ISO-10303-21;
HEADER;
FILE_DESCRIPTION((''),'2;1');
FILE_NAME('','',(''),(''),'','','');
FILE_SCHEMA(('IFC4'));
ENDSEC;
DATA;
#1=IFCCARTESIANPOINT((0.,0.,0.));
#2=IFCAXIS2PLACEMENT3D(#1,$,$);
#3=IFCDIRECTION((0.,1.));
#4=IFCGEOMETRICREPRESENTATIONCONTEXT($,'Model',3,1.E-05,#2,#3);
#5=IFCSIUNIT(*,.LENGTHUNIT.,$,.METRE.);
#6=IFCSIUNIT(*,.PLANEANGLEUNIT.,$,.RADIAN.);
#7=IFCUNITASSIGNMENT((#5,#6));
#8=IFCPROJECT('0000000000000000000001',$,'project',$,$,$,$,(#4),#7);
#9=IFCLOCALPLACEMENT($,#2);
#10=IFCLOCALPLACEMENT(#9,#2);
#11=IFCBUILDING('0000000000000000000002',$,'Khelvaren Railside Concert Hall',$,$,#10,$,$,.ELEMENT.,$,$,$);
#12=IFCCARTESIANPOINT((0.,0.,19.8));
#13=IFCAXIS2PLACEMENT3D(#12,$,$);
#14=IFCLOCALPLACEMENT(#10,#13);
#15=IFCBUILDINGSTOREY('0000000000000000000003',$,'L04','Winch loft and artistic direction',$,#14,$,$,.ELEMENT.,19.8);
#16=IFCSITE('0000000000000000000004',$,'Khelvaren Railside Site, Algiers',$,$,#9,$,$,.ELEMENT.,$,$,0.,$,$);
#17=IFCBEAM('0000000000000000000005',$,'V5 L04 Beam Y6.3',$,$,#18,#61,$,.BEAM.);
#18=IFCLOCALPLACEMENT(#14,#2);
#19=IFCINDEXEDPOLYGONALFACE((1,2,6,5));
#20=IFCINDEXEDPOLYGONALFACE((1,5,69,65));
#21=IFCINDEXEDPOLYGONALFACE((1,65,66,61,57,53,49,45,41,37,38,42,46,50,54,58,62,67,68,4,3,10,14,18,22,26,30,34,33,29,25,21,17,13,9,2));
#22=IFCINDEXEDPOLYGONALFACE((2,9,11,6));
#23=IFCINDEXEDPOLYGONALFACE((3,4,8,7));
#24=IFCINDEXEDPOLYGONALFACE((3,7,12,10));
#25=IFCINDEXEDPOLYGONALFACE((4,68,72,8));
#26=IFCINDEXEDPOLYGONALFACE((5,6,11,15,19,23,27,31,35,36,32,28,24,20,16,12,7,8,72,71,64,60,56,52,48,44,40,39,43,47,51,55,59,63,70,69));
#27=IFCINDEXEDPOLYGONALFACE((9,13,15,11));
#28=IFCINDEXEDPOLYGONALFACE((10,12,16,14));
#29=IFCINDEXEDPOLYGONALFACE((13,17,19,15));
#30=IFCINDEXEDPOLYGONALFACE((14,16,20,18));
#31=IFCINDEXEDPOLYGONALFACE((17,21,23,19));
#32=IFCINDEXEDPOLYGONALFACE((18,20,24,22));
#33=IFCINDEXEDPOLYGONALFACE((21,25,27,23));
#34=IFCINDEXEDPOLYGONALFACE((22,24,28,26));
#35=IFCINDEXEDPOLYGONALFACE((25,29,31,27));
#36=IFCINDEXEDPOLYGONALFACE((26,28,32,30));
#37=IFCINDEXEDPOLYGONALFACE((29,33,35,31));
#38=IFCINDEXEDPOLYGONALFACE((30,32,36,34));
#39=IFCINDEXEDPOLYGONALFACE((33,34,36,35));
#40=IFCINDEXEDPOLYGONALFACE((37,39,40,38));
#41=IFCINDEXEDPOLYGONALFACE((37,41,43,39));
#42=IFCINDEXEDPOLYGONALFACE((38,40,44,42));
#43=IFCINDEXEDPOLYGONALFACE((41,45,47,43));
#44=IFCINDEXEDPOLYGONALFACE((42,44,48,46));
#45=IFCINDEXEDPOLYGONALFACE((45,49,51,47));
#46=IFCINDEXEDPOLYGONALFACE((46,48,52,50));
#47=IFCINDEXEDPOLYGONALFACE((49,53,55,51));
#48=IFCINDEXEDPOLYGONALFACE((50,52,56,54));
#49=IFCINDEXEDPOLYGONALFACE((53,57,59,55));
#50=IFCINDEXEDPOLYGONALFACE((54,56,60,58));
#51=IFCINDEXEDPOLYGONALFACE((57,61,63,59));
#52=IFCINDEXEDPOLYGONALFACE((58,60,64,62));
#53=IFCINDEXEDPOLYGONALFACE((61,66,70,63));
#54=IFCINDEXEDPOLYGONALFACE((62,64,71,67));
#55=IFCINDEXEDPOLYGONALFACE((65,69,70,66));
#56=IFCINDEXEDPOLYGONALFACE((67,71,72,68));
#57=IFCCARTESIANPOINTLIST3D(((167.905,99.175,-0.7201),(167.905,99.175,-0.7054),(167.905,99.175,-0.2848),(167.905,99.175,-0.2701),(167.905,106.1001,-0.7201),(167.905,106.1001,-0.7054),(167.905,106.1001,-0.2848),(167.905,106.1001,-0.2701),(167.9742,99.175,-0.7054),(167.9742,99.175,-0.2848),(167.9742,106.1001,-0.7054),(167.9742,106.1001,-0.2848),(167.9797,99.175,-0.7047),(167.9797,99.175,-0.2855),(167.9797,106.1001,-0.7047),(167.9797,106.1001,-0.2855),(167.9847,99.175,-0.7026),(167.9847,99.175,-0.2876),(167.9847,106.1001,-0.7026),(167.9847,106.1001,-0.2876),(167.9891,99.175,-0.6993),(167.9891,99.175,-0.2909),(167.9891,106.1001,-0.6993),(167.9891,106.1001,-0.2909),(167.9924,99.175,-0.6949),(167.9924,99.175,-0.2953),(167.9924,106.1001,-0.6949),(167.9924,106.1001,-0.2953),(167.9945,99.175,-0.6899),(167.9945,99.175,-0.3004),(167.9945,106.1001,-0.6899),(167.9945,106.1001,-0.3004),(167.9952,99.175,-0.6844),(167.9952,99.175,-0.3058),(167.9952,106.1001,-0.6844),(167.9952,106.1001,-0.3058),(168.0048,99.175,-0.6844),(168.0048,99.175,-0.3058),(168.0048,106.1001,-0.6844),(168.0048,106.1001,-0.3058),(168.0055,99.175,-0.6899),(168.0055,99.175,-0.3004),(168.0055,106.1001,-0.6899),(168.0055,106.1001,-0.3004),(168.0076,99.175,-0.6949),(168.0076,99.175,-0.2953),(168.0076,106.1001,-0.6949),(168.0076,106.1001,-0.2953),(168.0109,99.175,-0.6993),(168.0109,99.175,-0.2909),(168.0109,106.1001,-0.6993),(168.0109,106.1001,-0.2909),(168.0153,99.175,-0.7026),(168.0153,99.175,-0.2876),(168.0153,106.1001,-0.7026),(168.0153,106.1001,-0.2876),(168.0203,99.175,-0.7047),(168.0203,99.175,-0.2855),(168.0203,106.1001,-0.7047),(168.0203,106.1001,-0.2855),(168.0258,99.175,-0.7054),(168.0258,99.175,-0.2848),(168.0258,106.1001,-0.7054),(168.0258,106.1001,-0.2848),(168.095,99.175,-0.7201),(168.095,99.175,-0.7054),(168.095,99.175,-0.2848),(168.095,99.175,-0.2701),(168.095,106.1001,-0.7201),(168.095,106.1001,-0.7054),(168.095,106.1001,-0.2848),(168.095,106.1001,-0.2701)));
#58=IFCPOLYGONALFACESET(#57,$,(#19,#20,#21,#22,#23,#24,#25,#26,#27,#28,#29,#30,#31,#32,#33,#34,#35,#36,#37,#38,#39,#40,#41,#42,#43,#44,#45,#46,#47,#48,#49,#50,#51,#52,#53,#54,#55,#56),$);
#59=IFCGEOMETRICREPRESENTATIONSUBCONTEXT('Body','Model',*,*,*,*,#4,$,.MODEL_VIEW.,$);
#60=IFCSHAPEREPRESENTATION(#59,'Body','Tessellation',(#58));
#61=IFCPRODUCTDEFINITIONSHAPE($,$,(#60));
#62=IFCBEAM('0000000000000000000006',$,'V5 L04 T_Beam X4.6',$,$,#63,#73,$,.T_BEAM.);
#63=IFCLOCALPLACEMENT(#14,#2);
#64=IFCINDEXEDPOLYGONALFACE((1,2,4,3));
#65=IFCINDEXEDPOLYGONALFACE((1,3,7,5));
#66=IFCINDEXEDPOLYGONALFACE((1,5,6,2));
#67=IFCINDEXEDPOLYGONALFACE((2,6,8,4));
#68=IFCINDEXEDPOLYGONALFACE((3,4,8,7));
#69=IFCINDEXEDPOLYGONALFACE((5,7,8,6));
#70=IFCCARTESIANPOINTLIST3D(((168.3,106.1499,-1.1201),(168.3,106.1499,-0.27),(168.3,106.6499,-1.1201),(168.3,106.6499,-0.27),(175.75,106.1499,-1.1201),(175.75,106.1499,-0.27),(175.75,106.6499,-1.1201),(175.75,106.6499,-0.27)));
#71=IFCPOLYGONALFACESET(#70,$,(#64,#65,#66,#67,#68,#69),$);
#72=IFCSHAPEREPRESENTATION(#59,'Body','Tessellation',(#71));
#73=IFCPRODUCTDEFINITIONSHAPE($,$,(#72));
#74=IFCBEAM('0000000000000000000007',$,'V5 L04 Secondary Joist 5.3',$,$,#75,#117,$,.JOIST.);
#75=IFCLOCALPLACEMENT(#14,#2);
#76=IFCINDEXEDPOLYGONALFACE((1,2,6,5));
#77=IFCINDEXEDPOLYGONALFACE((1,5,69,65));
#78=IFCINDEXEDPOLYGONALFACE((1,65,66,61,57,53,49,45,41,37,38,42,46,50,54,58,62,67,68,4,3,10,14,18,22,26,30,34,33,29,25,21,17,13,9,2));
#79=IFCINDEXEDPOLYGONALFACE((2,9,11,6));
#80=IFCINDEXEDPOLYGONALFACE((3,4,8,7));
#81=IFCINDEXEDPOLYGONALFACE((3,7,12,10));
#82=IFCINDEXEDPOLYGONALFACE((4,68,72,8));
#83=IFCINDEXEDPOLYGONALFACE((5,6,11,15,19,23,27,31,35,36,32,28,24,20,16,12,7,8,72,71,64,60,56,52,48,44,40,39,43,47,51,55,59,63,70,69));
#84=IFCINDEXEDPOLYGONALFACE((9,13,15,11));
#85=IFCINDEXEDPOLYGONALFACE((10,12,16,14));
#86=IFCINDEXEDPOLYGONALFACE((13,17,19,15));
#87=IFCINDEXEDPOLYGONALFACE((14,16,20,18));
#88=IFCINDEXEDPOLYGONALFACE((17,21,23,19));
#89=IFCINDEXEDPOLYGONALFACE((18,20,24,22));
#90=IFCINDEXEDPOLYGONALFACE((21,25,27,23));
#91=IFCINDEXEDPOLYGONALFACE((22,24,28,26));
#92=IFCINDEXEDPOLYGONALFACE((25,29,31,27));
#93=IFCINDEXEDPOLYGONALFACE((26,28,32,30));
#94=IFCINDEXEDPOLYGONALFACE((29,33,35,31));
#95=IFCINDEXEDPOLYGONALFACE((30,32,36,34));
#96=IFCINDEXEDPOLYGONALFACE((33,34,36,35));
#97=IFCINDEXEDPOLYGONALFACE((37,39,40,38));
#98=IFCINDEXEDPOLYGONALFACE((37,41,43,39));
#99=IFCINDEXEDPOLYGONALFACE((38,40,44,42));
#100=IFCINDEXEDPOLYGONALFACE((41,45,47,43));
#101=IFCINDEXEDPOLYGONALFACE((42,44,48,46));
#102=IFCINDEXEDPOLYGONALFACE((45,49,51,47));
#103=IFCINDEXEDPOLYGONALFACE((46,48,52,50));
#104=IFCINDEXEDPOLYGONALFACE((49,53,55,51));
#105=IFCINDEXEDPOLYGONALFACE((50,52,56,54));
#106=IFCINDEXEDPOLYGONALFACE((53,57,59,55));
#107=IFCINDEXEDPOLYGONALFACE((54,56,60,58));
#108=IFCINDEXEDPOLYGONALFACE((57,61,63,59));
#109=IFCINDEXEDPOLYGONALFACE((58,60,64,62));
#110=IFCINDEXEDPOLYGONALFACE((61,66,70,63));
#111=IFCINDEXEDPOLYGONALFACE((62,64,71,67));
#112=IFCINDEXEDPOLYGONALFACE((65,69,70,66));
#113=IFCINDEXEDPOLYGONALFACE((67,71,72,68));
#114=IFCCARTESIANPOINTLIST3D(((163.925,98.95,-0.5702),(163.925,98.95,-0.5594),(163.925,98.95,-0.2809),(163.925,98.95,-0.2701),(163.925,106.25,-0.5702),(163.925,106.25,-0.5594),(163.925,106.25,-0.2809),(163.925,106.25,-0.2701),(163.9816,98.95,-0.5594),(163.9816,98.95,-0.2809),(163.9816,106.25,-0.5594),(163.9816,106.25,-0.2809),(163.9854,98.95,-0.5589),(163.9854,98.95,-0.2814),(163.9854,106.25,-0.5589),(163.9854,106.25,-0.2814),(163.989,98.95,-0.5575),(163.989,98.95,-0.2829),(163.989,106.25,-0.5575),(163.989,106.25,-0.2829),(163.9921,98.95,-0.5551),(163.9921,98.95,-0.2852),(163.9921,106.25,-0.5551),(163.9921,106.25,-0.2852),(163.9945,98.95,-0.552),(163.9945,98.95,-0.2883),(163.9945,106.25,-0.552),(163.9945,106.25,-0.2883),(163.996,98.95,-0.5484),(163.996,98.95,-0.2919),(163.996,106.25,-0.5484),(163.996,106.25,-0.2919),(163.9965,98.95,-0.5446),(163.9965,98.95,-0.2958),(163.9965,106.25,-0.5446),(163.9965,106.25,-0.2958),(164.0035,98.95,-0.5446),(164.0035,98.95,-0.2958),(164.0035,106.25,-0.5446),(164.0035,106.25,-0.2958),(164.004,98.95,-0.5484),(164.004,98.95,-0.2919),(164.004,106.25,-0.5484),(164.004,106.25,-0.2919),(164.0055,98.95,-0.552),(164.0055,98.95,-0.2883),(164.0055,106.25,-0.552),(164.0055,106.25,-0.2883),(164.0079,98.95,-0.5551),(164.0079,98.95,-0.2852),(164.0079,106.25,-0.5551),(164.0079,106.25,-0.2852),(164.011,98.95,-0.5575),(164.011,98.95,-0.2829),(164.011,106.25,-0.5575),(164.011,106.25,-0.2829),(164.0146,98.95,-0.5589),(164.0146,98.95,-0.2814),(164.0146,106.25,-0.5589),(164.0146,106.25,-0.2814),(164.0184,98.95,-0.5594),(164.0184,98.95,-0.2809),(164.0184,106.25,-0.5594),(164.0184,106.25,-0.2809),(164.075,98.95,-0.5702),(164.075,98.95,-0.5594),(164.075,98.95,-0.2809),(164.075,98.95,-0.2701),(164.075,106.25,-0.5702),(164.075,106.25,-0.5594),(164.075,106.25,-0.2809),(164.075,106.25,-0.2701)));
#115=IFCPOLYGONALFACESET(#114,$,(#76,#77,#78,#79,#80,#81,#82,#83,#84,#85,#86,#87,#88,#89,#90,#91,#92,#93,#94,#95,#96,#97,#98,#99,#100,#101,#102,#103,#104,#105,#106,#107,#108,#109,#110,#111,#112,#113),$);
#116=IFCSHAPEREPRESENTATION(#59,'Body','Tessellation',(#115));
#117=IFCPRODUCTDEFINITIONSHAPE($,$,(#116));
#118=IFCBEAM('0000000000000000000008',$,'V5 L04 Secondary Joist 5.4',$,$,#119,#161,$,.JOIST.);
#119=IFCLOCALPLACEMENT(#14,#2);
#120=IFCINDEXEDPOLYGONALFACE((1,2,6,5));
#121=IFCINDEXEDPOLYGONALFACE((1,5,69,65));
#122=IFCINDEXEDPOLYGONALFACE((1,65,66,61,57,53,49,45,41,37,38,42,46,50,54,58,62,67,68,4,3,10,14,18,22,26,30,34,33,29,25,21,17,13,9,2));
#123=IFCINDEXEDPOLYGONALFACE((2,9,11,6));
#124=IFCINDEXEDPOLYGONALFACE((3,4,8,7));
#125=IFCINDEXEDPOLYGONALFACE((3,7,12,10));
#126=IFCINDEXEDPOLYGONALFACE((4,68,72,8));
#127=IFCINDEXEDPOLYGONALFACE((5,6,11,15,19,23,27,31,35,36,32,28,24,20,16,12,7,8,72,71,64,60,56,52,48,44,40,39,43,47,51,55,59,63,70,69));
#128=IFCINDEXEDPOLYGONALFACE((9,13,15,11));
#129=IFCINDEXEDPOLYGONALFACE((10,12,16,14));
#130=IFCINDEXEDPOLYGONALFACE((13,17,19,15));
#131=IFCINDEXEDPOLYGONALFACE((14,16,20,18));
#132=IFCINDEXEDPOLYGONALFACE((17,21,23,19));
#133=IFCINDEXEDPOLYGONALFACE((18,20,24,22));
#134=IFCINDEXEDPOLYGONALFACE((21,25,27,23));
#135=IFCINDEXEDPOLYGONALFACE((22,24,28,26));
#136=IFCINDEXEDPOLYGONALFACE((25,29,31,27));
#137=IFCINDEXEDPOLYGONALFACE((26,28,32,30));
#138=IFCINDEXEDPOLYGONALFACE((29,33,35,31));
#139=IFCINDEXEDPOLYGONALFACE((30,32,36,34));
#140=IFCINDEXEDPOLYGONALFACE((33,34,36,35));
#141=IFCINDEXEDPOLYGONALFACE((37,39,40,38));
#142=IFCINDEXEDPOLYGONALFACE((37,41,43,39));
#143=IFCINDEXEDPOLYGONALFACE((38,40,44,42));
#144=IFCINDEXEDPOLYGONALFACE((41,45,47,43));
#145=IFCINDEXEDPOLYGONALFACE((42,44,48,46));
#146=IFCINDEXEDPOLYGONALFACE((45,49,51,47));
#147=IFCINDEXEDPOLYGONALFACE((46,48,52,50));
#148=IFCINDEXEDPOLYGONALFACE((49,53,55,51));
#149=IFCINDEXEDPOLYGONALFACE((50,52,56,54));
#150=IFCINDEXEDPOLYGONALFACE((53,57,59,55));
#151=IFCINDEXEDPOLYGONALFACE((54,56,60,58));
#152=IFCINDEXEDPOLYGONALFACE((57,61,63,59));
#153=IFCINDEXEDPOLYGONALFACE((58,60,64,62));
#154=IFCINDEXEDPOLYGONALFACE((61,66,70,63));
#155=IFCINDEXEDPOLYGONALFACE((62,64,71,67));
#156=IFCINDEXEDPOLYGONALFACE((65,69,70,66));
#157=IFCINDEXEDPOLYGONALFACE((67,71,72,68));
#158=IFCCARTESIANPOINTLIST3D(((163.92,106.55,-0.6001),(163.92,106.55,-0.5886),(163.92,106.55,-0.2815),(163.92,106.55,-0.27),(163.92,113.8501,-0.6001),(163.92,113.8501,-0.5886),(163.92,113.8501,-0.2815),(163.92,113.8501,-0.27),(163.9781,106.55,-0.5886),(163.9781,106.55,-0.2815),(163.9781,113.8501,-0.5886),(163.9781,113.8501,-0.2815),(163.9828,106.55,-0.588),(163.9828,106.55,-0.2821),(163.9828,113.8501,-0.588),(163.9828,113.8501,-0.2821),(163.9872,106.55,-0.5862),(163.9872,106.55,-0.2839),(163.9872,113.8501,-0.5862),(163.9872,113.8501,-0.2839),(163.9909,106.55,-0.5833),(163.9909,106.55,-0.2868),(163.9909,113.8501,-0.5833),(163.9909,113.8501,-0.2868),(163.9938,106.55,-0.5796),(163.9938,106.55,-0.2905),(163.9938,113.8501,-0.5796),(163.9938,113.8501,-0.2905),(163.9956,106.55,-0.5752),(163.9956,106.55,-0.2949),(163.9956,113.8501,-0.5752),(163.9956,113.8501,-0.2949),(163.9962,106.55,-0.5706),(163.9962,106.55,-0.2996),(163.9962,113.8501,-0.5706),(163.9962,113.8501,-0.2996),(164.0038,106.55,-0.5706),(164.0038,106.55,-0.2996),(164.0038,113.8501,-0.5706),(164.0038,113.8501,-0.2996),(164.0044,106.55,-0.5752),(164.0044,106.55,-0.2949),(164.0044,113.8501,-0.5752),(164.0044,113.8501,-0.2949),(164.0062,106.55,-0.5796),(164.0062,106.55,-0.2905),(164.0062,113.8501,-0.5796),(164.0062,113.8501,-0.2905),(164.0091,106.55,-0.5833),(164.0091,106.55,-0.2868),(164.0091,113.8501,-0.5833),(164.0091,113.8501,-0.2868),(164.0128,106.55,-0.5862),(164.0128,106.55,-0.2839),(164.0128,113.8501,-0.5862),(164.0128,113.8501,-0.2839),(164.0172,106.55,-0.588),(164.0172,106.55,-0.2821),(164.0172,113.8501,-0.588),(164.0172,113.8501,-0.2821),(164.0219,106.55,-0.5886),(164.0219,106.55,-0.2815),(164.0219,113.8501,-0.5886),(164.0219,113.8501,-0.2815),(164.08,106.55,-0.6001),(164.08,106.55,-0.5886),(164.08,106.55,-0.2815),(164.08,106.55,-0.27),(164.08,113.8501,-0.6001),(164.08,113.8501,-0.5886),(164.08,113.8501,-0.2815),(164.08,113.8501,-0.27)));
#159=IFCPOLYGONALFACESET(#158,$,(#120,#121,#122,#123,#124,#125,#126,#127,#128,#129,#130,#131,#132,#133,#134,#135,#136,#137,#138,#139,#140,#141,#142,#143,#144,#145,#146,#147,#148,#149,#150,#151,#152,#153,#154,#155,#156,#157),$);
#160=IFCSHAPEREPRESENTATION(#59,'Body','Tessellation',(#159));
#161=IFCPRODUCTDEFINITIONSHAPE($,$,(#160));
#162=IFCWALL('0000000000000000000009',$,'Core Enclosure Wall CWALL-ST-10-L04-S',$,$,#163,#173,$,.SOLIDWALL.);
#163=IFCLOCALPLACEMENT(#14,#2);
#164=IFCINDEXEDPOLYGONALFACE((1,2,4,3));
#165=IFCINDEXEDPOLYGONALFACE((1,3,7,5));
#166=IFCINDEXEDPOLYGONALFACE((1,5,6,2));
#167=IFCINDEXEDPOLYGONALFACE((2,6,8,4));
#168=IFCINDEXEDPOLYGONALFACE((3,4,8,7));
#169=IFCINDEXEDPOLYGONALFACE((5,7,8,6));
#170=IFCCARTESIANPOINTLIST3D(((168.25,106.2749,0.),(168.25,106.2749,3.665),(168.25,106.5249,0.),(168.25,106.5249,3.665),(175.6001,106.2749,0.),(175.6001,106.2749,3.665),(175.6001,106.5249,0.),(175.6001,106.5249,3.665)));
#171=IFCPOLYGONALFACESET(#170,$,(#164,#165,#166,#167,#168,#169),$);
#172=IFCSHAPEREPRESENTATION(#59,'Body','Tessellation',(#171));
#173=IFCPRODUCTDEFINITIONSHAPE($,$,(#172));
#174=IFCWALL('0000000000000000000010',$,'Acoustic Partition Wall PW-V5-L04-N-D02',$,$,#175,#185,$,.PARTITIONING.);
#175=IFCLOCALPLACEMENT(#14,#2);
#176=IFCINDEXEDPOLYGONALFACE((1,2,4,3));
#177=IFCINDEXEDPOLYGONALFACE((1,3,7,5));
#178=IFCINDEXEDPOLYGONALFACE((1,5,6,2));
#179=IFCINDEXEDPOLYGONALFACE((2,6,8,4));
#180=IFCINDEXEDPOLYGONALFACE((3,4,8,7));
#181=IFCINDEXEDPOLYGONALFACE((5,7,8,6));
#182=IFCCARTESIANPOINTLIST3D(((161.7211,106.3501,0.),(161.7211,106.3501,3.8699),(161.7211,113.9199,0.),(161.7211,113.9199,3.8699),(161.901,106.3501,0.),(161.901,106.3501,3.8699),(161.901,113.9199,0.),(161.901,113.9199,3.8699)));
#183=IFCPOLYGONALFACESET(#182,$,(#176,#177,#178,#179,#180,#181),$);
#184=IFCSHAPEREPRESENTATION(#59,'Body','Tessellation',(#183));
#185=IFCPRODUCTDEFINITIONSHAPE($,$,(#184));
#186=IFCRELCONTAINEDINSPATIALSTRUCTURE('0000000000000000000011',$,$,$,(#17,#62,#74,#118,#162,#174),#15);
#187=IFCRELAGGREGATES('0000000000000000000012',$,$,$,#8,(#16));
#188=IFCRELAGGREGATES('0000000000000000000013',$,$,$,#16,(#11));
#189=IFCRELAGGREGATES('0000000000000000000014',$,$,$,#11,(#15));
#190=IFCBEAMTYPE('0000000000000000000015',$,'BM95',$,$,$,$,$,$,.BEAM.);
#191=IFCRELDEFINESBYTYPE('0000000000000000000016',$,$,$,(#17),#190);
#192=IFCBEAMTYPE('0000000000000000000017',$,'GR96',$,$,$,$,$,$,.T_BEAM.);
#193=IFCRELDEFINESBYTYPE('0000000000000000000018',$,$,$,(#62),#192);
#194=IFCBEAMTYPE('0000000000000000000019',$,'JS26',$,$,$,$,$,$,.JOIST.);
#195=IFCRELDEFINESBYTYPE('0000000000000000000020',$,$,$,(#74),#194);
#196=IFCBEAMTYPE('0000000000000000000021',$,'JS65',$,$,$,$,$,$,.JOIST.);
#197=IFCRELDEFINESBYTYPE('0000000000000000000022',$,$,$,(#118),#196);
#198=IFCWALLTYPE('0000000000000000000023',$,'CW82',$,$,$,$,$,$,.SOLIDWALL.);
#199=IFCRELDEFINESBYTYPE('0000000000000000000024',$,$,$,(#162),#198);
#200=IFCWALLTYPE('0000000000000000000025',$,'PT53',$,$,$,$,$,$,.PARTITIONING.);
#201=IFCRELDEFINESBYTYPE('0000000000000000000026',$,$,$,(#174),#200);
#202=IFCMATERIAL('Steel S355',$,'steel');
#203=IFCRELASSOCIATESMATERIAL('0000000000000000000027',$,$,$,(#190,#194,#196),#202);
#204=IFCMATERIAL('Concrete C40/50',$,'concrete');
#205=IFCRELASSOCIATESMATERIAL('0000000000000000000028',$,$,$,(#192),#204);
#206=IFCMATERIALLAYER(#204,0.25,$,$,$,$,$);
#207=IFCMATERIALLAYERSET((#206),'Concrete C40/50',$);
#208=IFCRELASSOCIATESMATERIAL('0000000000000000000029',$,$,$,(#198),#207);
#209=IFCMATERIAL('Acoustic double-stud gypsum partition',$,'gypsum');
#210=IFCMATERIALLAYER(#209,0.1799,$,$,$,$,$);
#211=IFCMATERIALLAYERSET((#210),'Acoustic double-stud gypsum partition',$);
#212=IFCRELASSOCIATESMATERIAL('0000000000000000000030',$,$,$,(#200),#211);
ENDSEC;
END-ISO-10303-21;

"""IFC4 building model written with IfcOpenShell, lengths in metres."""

from ifc_helpers import new_model, si_unit, direction, frame, frame_2d, origin, origin_2d, place, context, subcontext, project, spatial, rectangle, i_section, extrude, material, layer, layer_set, material_profile, profile_set, type_object, element, save


model = new_model("IFC4")

# Units and contexts
model_context = context("Model", 3, precision=1e-05, world=origin(), true_north=direction((0.0, 1.0)))
body_context = subcontext(model_context, "Body", "Model", "MODEL_VIEW")
ifc_project = project(units=[si_unit("LENGTHUNIT", "METRE"), si_unit("PLANEANGLEUNIT", "RADIAN")], contexts=[model_context])

# Site, building, storey
site_placement = place(None, origin())
site = spatial("IfcSite", under=ifc_project, at=site_placement, Name="Khelvaren Railside Site, Algiers", CompositionType="ELEMENT", RefElevation=0.0)
building_placement = place(site_placement, origin())
building = spatial("IfcBuilding", under=site, at=building_placement, Name="Khelvaren Railside Concert Hall", CompositionType="ELEMENT")
storey_placement = place(building_placement, frame((0.0, 0.0, 19.8)))
storey = spatial("IfcBuildingStorey", under=building, at=storey_placement, Name="L04", Description="Winch loft and artistic direction", CompositionType="ELEMENT", Elevation=19.8)

# Beams
ifc_material_1 = material(Name="Steel S355", Category="steel")
ifc_material_profile_1 = material_profile(ifc_material_1, i_section(OverallWidth=0.1899, OverallDepth=0.45, WebThickness=0.0095, FlangeThickness=0.0146, FilletRadius=0.021, at=origin_2d()), Name="IPE 450")
ifc_profile_set_1 = profile_set([ifc_material_profile_1], Name="Steel S355")
beam_type_1 = type_object("IfcBeamType", Name="BM95", PredefinedType="BEAM", material=ifc_profile_set_1)
beam_1_placement = place(storey_placement, frame((168.0, 99.175, -0.4951), z_axis=(0.0, 1.0, 0.0), x_axis=(-1.0, 0.0, 0.0)))
element("IfcBeam", 1, at=beam_1_placement, inside=storey, type_object=beam_type_1, Name="V5 L04 Beam Y6.3", PredefinedType="BEAM", context=body_context, shape_type="SweptSolid", body=[
    extrude(i_section(OverallWidth=0.1899, OverallDepth=0.45, WebThickness=0.0095, FlangeThickness=0.0146, FilletRadius=0.021, at=origin_2d()), origin(), (0.0, 0.0, 1.0), 6.925),
])
ifc_material_2 = material(Name="Concrete C40/50", Category="concrete")
ifc_material_profile_2 = material_profile(ifc_material_2, rectangle(XDim=0.5, YDim=0.8501, at=origin_2d()), Name="RCB 500x850")
ifc_profile_set_2 = profile_set([ifc_material_profile_2], Name="Concrete C40/50")
beam_type_2 = type_object("IfcBeamType", Name="GR96", PredefinedType="T_BEAM", material=ifc_profile_set_2)
beam_2_placement = place(storey_placement, frame((168.3, 106.3999, -0.6951), z_axis=(1.0, 0.0, 0.0), x_axis=(0.0, 1.0, 0.0)))
element("IfcBeam", 2, at=beam_2_placement, inside=storey, type_object=beam_type_2, Name="V5 L04 T_Beam X4.6", PredefinedType="T_BEAM", context=body_context, shape_type="SweptSolid", body=[
    extrude(rectangle(XDim=0.5, YDim=0.8501, at=origin_2d()), origin(), (0.0, 0.0, 1.0), 7.45),
])
ifc_material_profile_3 = material_profile(ifc_material_1, i_section(OverallWidth=0.1499, OverallDepth=0.3, WebThickness=0.0071, FlangeThickness=0.0107, FilletRadius=0.0149, at=origin_2d()), Name="IPE 300")
ifc_profile_set_3 = profile_set([ifc_material_profile_3], Name="Steel S355")
beam_type_3 = type_object("IfcBeamType", Name="JS26", PredefinedType="JOIST", material=ifc_profile_set_3)
beam_3_placement = place(storey_placement, frame((164.0, 98.95, -0.4202), z_axis=(0.0, 1.0, 0.0), x_axis=(-1.0, 0.0, 0.0)))
element("IfcBeam", 3, at=beam_3_placement, inside=storey, type_object=beam_type_3, Name="V5 L04 Secondary Joist 5.3", PredefinedType="JOIST", context=body_context, shape_type="SweptSolid", body=[
    extrude(i_section(OverallWidth=0.1499, OverallDepth=0.3, WebThickness=0.0071, FlangeThickness=0.0107, FilletRadius=0.0149, at=origin_2d()), origin(), (0.0, 0.0, 1.0), 7.3),
])
ifc_material_profile_4 = material_profile(ifc_material_1, i_section(OverallWidth=0.1599, OverallDepth=0.3301, WebThickness=0.0076, FlangeThickness=0.0115, FilletRadius=0.0181, at=origin_2d()), Name="IPE 330")
ifc_profile_set_4 = profile_set([ifc_material_profile_4], Name="Steel S355")
beam_type_4 = type_object("IfcBeamType", Name="JS65", PredefinedType="JOIST", material=ifc_profile_set_4)
beam_4_placement = place(storey_placement, frame((164.0, 106.55, -0.4351), z_axis=(0.0, 1.0, 0.0), x_axis=(-1.0, 0.0, 0.0)))
element("IfcBeam", 4, at=beam_4_placement, inside=storey, type_object=beam_type_4, Name="V5 L04 Secondary Joist 5.4", PredefinedType="JOIST", context=body_context, shape_type="SweptSolid", body=[
    extrude(i_section(OverallWidth=0.1599, OverallDepth=0.3301, WebThickness=0.0076, FlangeThickness=0.0115, FilletRadius=0.0181, at=origin_2d()), origin(), (0.0, 0.0, 1.0), 7.3),
])

# Walls
ifc_layer_1 = layer(ifc_material_2, 0.25)
ifc_layer_set_1 = layer_set([ifc_layer_1], Name="Concrete C40/50")
wall_type_1 = type_object("IfcWallType", Name="CW82", PredefinedType="SOLIDWALL", material=ifc_layer_set_1)
wall_1_placement = place(storey_placement, frame((168.25, 106.3999, 0.0), z_axis=(0.0, 0.0, 1.0), x_axis=(1.0, 0.0, 0.0)))
element("IfcWall", 5, at=wall_1_placement, inside=storey, type_object=wall_type_1, Name="Core Enclosure Wall CWALL-ST-10-L04-S", PredefinedType="SOLIDWALL", context=body_context, shape_type="SweptSolid", body=[
    extrude(rectangle(XDim=7.3501, YDim=0.25, at=frame_2d((3.675, 0.0))), origin(), (0.0, 0.0, 1.0), 3.665),
])
ifc_material_3 = material(Name="Acoustic double-stud gypsum partition", Category="gypsum")
ifc_layer_2 = layer(ifc_material_3, 0.1799)
ifc_layer_set_2 = layer_set([ifc_layer_2], Name="Acoustic double-stud gypsum partition")
wall_type_2 = type_object("IfcWallType", Name="PT53", PredefinedType="PARTITIONING", material=ifc_layer_set_2)
wall_2_placement = place(storey_placement, frame((161.811, 106.3501, 0.0), z_axis=(0.0, 0.0, 1.0), x_axis=(0.0, 1.0, 0.0)))
element("IfcWall", 6, at=wall_2_placement, inside=storey, type_object=wall_type_2, Name="Acoustic Partition Wall PW-V5-L04-N-D02", PredefinedType="PARTITIONING", context=body_context, shape_type="SweptSolid", body=[
    extrude(rectangle(XDim=7.5698, YDim=0.1799, at=frame_2d((3.7849, 0.0))), origin(), (0.0, 0.0, 1.0), 3.8699),
])

save(model, "model.ifc")
